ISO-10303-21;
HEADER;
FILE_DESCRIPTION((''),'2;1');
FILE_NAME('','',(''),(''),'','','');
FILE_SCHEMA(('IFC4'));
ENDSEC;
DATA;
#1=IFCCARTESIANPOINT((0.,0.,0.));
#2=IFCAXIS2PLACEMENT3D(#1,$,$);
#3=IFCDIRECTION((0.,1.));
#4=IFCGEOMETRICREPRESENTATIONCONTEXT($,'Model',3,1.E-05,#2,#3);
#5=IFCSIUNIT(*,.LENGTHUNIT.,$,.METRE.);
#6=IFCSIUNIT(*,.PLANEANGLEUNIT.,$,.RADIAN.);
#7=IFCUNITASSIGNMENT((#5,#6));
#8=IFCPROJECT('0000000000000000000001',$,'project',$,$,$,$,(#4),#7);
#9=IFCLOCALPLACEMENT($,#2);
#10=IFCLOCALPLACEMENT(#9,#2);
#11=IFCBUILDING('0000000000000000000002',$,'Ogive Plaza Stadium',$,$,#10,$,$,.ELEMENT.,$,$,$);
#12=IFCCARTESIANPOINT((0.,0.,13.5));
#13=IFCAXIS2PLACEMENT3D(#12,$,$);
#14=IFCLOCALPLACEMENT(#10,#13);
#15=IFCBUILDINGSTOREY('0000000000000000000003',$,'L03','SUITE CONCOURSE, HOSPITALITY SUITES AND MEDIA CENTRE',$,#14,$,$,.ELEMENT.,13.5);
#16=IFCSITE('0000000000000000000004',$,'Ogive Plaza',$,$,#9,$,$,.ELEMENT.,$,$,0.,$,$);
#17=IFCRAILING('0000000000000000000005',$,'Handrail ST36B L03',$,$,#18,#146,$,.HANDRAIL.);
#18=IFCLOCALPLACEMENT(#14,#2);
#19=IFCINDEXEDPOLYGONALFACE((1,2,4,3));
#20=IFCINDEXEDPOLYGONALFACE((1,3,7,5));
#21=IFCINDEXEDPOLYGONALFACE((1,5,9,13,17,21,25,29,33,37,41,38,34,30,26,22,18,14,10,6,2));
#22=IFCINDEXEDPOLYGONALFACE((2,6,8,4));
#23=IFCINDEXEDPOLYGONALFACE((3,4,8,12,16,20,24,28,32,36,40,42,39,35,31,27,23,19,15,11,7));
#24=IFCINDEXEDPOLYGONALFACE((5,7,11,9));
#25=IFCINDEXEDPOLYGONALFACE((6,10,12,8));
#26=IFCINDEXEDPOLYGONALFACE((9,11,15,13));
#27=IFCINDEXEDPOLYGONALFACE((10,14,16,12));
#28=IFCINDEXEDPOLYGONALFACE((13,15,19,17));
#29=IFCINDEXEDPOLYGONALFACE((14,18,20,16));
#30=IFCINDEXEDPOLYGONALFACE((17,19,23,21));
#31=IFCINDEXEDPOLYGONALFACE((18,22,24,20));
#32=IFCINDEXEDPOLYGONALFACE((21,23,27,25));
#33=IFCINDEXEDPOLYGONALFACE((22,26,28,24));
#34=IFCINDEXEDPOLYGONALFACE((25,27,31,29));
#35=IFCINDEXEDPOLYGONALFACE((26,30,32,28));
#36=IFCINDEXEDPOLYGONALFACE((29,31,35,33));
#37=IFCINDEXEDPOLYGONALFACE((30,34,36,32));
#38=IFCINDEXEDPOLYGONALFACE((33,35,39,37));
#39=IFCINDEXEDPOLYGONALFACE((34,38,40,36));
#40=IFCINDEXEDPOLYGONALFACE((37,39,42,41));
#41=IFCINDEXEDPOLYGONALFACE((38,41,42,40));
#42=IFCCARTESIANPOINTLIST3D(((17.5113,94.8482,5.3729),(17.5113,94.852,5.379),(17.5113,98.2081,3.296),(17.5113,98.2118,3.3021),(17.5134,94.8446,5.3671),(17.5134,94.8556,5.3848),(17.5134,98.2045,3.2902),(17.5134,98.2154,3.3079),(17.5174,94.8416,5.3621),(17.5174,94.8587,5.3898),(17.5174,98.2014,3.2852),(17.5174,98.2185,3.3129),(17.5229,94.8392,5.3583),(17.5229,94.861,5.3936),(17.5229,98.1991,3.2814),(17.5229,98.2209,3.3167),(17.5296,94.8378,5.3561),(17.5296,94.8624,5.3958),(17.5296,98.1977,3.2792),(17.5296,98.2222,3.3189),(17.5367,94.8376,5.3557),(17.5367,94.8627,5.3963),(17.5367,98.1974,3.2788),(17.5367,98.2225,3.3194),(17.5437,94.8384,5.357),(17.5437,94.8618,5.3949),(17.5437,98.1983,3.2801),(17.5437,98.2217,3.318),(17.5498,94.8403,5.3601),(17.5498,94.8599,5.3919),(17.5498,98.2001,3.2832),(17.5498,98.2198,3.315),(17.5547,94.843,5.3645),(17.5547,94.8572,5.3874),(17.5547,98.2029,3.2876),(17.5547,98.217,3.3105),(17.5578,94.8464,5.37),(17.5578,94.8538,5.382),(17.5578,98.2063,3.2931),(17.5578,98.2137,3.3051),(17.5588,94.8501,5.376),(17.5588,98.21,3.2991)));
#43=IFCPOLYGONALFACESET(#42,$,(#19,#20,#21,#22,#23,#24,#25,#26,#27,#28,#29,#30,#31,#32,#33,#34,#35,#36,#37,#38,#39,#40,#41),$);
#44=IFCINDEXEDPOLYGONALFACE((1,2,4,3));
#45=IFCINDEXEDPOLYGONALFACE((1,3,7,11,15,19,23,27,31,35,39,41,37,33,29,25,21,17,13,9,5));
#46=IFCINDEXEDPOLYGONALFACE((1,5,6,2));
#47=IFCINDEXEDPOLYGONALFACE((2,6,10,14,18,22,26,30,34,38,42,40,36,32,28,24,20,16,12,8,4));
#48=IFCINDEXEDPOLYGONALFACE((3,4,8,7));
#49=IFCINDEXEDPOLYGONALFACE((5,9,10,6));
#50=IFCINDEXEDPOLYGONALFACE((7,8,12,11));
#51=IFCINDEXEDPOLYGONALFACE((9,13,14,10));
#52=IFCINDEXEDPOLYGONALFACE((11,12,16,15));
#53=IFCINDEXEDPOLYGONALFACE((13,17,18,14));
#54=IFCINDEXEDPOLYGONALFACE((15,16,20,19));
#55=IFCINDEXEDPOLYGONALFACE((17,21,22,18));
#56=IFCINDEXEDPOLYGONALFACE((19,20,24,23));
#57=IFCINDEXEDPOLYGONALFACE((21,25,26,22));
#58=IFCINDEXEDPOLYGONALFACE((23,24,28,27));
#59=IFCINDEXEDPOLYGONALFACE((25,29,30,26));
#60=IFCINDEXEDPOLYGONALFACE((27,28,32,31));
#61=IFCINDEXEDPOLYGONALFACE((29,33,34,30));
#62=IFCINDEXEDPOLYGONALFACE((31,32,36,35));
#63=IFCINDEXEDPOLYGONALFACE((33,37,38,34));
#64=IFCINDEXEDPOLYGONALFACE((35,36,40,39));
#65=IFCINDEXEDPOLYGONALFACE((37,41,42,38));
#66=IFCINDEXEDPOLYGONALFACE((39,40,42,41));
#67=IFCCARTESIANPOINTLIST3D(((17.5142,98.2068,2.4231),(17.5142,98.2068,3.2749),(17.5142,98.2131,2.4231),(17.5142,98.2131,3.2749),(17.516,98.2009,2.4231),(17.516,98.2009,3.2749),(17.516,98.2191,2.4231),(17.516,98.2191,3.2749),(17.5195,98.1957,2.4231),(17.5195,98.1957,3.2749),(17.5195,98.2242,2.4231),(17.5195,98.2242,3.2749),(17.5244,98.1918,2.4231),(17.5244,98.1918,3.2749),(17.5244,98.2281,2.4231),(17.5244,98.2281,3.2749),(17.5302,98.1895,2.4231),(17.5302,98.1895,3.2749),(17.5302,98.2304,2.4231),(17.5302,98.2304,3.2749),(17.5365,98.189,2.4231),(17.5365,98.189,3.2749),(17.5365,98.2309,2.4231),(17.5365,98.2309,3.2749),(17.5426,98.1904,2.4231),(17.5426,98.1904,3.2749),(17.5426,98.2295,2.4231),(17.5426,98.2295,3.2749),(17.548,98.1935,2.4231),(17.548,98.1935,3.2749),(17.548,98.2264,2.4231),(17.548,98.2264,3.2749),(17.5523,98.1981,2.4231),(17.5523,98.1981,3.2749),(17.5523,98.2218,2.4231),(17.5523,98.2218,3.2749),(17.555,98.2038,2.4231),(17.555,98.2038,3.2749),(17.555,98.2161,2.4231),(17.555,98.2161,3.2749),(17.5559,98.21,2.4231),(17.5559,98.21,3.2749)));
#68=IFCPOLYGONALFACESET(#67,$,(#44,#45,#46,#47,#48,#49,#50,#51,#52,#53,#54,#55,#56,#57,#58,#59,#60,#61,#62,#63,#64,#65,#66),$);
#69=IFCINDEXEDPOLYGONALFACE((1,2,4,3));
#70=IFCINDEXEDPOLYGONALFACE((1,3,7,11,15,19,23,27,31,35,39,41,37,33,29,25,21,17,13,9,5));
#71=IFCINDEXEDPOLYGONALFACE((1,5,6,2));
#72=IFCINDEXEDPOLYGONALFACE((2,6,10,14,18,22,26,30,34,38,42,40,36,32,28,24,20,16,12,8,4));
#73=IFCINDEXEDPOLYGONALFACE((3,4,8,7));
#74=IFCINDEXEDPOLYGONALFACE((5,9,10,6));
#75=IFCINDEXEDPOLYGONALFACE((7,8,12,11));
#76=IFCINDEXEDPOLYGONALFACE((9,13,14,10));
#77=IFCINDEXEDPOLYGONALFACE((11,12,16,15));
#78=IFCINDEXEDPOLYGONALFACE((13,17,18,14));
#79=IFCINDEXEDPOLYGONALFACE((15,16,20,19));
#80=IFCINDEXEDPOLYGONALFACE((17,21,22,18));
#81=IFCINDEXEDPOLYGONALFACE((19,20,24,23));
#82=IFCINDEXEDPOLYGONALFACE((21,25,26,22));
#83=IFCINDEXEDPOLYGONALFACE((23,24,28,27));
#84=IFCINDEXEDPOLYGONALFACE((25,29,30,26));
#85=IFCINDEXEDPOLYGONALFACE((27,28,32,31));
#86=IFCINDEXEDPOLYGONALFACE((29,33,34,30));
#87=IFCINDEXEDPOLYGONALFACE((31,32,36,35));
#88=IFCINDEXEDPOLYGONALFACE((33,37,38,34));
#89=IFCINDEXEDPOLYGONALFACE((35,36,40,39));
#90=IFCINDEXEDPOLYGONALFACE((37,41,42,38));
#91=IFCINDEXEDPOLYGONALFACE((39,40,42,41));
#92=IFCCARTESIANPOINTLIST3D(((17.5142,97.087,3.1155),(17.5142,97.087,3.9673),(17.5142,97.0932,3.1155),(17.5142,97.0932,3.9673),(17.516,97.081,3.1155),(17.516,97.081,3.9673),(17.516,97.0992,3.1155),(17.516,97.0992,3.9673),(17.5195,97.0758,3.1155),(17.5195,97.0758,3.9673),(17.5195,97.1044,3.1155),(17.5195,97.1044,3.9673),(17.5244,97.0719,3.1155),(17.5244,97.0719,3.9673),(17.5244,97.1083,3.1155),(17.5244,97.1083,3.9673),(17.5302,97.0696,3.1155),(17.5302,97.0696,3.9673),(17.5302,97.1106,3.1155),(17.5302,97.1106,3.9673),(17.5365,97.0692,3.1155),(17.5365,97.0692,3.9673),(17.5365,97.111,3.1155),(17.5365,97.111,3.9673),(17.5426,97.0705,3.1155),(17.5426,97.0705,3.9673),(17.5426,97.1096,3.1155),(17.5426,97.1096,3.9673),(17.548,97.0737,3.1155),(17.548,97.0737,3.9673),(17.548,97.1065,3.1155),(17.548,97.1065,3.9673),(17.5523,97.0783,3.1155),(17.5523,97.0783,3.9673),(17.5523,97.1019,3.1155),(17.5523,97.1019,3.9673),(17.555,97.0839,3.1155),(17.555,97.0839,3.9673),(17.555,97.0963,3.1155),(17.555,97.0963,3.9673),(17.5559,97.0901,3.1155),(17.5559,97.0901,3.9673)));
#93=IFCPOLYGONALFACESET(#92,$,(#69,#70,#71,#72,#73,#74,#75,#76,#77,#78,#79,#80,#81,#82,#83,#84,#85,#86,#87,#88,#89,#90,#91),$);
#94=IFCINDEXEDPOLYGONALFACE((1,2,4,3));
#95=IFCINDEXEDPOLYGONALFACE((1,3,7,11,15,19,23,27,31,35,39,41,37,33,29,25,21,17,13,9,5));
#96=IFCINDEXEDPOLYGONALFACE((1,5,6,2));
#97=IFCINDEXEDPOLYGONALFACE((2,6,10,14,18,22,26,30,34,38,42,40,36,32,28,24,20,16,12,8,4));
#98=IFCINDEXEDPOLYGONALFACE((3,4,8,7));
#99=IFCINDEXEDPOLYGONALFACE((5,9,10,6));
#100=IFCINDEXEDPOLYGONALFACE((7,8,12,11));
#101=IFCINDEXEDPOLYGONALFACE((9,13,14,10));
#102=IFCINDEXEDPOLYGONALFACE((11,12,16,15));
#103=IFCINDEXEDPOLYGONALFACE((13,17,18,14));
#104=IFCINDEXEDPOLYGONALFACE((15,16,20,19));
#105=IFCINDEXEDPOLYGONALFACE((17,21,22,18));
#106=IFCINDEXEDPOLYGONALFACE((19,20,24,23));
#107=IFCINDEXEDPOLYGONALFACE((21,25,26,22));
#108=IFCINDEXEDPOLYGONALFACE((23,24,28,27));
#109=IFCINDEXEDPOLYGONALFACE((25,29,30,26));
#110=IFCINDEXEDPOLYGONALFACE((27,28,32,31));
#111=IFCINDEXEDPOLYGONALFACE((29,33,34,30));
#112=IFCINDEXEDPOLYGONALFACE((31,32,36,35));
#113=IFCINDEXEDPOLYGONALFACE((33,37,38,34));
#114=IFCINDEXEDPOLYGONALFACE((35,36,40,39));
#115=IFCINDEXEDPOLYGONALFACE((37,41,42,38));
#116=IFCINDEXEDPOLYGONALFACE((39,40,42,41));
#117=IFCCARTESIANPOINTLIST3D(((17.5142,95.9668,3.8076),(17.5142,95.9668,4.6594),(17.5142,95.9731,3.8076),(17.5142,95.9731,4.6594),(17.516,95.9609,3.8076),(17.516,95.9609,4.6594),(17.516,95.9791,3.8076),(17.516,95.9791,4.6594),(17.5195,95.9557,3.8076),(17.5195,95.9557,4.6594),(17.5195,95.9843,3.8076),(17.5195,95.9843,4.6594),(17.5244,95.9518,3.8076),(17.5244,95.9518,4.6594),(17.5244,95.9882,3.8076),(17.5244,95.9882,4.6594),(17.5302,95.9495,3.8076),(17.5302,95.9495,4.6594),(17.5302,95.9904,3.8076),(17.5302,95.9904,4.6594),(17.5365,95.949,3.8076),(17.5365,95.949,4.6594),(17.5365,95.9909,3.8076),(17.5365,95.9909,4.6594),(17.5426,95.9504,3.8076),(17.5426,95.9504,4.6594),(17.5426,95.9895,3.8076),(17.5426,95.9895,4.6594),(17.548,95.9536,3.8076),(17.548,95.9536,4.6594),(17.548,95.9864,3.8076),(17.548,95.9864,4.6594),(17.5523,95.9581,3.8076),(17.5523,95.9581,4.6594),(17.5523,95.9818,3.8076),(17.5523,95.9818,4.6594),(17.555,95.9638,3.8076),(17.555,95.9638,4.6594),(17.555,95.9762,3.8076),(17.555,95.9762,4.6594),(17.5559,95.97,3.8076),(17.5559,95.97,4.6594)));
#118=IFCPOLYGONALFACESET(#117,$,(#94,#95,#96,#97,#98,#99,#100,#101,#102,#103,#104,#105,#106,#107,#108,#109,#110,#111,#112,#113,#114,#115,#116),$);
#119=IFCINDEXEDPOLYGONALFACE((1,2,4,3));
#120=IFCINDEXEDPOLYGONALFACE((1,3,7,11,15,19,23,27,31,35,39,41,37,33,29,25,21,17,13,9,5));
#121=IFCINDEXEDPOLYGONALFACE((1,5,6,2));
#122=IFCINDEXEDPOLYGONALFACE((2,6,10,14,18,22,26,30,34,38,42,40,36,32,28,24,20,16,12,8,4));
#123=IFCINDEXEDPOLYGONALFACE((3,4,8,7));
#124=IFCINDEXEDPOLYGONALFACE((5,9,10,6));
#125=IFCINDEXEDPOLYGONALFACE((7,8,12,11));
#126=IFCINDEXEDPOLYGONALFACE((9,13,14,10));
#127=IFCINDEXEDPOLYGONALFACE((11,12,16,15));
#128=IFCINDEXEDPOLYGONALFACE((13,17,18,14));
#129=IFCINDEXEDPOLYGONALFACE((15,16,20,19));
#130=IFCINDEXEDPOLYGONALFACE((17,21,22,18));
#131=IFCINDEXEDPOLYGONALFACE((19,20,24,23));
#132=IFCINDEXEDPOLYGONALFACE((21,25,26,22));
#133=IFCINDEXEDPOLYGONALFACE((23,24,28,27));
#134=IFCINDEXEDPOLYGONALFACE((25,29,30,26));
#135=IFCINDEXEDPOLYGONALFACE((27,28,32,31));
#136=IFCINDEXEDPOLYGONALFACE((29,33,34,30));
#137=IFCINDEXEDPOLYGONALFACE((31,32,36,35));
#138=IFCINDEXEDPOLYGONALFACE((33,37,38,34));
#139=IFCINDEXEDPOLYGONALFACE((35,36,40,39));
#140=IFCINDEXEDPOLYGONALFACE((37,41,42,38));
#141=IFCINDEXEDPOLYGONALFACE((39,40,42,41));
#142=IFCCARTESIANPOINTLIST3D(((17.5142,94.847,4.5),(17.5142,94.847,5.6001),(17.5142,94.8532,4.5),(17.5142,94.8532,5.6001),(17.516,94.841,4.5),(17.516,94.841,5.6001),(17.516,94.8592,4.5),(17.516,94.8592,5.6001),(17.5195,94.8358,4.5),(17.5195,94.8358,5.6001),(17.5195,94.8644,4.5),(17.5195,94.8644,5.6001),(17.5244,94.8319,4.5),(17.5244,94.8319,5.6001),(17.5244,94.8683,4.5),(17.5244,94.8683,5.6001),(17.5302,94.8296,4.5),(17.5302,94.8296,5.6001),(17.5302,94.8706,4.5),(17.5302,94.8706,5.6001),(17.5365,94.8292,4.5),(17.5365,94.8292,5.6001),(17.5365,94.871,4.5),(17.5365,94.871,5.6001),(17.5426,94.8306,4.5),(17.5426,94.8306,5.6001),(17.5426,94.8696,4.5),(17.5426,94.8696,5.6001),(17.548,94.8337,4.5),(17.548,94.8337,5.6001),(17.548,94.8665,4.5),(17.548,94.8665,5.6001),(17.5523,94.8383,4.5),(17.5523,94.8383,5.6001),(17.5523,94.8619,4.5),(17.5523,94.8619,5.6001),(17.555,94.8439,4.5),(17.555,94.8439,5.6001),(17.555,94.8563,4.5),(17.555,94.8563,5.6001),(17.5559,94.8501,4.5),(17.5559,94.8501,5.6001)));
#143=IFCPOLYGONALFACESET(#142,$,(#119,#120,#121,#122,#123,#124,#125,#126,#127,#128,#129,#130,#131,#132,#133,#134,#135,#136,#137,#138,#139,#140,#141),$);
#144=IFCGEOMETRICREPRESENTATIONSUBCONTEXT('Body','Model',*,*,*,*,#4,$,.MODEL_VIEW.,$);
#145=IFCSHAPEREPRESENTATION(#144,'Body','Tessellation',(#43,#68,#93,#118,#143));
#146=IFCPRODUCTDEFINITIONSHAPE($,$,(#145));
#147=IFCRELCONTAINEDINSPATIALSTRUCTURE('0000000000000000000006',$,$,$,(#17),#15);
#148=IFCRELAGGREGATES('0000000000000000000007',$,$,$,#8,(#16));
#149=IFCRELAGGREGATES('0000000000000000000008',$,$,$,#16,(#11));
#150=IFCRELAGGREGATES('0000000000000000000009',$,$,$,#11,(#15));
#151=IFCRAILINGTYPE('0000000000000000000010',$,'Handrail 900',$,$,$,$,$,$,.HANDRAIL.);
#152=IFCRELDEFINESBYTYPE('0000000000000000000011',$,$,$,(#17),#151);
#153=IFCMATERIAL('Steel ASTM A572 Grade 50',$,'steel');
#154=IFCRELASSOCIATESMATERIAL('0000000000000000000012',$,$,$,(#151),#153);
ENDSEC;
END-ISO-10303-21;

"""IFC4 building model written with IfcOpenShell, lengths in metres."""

from ifc_helpers import new_model, si_unit, direction, frame, origin, origin_2d, place, context, subcontext, project, spatial, circle, extrude, material, type_object, element, save


model = new_model("IFC4")

# Units and contexts
model_context = context("Model", 3, precision=1e-05, world=origin(), true_north=direction((0.0, 1.0)))
body_context = subcontext(model_context, "Body", "Model", "MODEL_VIEW")
ifc_project = project(units=[si_unit("LENGTHUNIT", "METRE"), si_unit("PLANEANGLEUNIT", "RADIAN")], contexts=[model_context])

# Site, building, storey
site_placement = place(None, origin())
site = spatial("IfcSite", under=ifc_project, at=site_placement, Name="Ogive Plaza", CompositionType="ELEMENT", RefElevation=0.0)
building_placement = place(site_placement, origin())
building = spatial("IfcBuilding", under=site, at=building_placement, Name="Ogive Plaza Stadium", CompositionType="ELEMENT")
storey_placement = place(building_placement, frame((0.0, 0.0, 13.5)))
storey = spatial("IfcBuildingStorey", under=building, at=storey_placement, Name="L03", Description="SUITE CONCOURSE, HOSPITALITY SUITES AND MEDIA CENTRE", CompositionType="ELEMENT", Elevation=13.5)

# Railing
ifc_material_1 = material(Name="Steel ASTM A572 Grade 50", Category="steel")
railing_type_1 = type_object("IfcRailingType", Name="Handrail 900", PredefinedType="HANDRAIL", material=ifc_material_1)
for number, where, name in (
    (1, (17.5349, 98.21, 2.4231), "Handrail ST36B L03"),
):
    element("IfcRailing", number, at=place(storey_placement, frame(where)), inside=storey, type_object=railing_type_1, Name=name, PredefinedType="HANDRAIL", context=body_context, shape_type="SweptSolid", body=[
        extrude(circle(Radius=0.0239, at=origin_2d()), frame((0.0, 0.0, 0.876), z_axis=(0.0, -0.850606, 0.525803), x_axis=(1.0, 0.0, 0.0)), (0.0, 0.0, 1.0), 3.95),
        extrude(circle(Radius=0.021, at=origin_2d()), origin(), (0.0, 0.0, 1.0), 0.8518),
        extrude(circle(Radius=0.021, at=origin_2d()), frame((0.0, -1.1199, 0.6924)), (0.0, 0.0, 1.0), 0.8518),
        extrude(circle(Radius=0.021, at=origin_2d()), frame((0.0, -2.24, 1.3845)), (0.0, 0.0, 1.0), 0.8518),
        extrude(circle(Radius=0.021, at=origin_2d()), frame((0.0, -3.3599, 2.0769)), (0.0, 0.0, 1.0), 1.1001),
    ])

save(model, "model.ifc")
